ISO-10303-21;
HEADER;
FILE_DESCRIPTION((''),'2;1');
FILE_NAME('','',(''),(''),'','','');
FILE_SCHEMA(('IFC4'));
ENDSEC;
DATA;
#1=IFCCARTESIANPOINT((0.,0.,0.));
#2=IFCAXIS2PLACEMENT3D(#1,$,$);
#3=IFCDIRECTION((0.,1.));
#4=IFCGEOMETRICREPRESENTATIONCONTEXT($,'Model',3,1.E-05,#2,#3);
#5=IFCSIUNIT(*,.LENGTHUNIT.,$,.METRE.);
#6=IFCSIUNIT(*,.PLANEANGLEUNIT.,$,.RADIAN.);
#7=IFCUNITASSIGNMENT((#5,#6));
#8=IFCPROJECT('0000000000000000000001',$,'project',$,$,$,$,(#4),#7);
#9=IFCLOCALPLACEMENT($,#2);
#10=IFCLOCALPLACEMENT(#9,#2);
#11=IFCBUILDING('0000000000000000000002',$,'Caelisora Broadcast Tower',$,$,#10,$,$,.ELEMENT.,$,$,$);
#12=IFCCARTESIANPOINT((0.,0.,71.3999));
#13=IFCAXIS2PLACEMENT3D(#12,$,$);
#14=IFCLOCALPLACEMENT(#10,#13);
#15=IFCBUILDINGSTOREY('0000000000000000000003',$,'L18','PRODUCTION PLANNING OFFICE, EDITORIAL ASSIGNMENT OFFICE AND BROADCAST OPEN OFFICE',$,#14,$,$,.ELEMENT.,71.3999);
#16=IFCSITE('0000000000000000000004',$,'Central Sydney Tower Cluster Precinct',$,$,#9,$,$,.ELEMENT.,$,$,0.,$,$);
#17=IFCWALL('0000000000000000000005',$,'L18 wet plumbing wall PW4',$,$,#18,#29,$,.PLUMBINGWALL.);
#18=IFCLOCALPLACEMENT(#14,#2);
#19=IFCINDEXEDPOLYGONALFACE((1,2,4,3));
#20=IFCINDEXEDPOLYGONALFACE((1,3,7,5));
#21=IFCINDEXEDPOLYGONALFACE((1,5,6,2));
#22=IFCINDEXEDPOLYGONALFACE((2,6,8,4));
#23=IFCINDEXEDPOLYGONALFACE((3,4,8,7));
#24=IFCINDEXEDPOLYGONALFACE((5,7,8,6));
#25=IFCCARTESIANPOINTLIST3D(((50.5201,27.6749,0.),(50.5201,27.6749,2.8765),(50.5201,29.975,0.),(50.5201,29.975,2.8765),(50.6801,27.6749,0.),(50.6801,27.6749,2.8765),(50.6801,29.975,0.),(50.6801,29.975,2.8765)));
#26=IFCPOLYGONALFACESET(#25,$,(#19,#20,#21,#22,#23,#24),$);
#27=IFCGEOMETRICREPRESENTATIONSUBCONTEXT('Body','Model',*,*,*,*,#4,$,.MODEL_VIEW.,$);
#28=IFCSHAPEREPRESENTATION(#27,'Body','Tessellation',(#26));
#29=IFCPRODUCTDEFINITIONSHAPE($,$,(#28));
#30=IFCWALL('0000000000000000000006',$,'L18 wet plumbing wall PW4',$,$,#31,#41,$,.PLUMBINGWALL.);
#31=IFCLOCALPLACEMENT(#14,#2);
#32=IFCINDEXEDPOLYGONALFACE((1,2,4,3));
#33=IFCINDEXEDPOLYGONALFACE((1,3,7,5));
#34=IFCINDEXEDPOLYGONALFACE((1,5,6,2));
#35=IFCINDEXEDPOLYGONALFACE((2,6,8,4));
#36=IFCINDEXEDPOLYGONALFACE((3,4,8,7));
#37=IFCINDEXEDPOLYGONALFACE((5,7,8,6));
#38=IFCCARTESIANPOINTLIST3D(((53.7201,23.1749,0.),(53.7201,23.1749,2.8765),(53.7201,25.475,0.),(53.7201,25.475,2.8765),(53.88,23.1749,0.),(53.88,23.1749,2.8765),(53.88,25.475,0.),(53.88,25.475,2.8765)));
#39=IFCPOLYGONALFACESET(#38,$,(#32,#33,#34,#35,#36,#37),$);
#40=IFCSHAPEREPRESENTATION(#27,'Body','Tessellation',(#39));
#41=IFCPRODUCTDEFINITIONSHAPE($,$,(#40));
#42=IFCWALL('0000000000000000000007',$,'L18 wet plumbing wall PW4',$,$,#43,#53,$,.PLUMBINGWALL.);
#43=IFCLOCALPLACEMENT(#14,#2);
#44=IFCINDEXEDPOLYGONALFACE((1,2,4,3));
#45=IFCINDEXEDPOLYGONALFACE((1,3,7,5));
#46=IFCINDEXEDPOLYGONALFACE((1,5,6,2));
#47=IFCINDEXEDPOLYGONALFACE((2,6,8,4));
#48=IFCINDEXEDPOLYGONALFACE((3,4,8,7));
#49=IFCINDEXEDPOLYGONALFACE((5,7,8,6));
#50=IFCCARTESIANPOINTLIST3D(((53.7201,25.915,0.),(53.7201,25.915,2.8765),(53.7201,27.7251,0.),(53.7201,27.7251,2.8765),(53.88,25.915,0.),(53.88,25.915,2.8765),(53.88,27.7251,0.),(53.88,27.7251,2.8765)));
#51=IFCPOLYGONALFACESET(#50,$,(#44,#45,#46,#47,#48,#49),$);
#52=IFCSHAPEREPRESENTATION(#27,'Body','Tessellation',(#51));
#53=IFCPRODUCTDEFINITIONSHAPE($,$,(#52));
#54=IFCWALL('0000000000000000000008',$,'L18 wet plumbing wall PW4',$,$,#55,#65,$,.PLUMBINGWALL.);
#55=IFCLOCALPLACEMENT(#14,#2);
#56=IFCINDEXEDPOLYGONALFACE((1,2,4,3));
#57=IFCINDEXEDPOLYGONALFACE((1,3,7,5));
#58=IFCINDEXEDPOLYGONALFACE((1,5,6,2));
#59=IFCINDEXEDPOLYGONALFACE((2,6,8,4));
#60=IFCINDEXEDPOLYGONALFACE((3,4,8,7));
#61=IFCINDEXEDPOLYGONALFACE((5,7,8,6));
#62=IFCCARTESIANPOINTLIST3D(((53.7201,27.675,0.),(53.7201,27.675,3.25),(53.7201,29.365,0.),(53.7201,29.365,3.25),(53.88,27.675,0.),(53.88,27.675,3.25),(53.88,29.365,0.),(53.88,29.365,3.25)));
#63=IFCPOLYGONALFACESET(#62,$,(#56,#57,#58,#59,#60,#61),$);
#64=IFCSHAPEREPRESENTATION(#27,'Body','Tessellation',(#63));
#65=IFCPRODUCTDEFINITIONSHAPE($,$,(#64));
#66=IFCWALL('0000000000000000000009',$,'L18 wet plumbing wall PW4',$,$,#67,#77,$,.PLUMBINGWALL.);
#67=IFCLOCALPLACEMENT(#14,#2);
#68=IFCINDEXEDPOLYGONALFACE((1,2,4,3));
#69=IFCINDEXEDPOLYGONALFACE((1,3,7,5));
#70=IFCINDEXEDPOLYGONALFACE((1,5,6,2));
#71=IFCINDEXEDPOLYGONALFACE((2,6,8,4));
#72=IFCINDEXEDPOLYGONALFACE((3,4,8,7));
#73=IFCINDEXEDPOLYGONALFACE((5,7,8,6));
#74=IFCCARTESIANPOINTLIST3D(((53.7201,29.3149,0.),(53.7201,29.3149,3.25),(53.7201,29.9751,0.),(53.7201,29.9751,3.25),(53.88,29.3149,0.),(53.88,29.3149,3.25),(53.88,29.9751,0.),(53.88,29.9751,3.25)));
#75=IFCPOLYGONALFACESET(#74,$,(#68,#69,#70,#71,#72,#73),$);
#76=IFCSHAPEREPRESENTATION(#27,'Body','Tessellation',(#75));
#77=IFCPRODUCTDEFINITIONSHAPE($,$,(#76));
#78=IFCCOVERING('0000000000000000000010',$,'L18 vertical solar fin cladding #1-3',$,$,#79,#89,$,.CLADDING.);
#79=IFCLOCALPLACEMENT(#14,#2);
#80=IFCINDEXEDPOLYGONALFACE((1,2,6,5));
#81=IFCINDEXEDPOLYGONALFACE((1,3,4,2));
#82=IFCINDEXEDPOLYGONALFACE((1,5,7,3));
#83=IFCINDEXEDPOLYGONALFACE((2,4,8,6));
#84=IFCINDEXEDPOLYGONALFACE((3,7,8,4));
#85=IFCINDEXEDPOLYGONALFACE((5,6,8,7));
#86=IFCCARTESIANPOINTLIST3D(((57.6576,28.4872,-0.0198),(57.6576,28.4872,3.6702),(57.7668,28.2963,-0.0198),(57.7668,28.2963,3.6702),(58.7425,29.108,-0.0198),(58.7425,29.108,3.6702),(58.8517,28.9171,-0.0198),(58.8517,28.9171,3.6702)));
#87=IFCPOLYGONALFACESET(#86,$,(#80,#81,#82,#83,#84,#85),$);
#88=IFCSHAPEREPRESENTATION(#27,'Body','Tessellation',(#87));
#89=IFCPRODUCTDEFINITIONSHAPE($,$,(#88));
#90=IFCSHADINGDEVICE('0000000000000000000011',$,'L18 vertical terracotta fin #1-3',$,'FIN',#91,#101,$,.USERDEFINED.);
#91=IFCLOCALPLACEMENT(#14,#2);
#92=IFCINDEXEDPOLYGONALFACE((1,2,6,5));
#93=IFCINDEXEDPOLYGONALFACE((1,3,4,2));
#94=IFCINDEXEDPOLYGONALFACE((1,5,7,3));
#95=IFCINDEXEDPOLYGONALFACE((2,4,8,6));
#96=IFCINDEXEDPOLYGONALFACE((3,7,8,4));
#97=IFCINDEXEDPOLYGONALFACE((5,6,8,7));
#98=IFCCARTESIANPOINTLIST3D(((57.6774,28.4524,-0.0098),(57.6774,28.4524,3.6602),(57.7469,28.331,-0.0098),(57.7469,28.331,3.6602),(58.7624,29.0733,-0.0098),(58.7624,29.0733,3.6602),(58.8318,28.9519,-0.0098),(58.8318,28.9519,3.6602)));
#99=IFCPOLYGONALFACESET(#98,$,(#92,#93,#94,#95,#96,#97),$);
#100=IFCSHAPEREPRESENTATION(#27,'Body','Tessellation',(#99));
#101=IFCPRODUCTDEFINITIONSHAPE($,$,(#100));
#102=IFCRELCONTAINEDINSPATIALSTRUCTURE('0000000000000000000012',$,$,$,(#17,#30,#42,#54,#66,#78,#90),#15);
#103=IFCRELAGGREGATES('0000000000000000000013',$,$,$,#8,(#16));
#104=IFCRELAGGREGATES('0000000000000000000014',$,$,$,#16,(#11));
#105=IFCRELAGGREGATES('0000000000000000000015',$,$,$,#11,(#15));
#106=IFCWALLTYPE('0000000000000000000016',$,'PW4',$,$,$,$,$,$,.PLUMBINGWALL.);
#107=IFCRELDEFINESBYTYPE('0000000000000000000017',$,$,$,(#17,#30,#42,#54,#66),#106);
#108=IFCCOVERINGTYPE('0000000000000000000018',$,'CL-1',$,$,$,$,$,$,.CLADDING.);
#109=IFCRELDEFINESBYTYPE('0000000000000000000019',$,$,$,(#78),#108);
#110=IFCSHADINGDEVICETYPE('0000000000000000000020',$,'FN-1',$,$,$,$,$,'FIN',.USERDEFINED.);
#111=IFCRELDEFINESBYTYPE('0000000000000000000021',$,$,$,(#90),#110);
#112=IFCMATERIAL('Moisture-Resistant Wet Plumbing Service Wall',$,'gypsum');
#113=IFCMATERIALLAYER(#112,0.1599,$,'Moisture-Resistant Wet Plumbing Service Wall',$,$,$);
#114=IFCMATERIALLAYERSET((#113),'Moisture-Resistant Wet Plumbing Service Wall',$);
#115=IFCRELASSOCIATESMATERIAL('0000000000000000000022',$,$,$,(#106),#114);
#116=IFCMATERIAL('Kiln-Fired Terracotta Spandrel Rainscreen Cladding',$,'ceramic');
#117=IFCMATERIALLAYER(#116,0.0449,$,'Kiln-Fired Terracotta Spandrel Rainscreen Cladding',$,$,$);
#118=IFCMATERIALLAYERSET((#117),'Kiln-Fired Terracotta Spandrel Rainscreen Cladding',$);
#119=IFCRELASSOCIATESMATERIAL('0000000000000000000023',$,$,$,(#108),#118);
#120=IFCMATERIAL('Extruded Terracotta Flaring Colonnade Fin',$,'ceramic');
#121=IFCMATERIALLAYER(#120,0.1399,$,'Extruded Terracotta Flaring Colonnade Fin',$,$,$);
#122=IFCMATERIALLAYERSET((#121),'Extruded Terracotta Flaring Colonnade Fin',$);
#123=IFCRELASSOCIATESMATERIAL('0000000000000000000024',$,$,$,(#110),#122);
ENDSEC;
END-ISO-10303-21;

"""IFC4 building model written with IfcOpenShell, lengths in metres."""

from ifc_helpers import new_model, si_unit, direction, frame, frame_2d, origin, origin_2d, place, context, subcontext, project, spatial, rectangle, extrude, source, transform, mapped, material, layer, layer_set, type_object, type_shapes, element, save


model = new_model("IFC4")

# Units and contexts
model_context = context("Model", 3, precision=1e-05, world=origin(), true_north=direction((0.0, 1.0)))
body_context = subcontext(model_context, "Body", "Model", "MODEL_VIEW")
ifc_project = project(units=[si_unit("LENGTHUNIT", "METRE"), si_unit("PLANEANGLEUNIT", "RADIAN")], contexts=[model_context])

# Site, building, storey
site_placement = place(None, origin())
site = spatial("IfcSite", under=ifc_project, at=site_placement, Name="Central Sydney Tower Cluster Precinct", CompositionType="ELEMENT", RefElevation=0.0)
building_placement = place(site_placement, origin())
building = spatial("IfcBuilding", under=site, at=building_placement, Name="Caelisora Broadcast Tower", CompositionType="ELEMENT")
storey_placement = place(building_placement, frame((0.0, 0.0, 71.3999)))
storey = spatial("IfcBuildingStorey", under=building, at=storey_placement, Name="L18", Description="PRODUCTION PLANNING OFFICE, EDITORIAL ASSIGNMENT OFFICE AND BROADCAST OPEN OFFICE", CompositionType="ELEMENT", Elevation=71.3999)

# Shared definitions
ifc_material_1 = material(Name="Moisture-Resistant Wet Plumbing Service Wall", Category="gypsum")
ifc_layer_1 = layer(ifc_material_1, 0.1599, Name="Moisture-Resistant Wet Plumbing Service Wall")
ifc_layer_set_1 = layer_set([ifc_layer_1], Name="Moisture-Resistant Wet Plumbing Service Wall")
wall_type_1 = type_object("IfcWallType", Name="PW4", PredefinedType="PLUMBINGWALL", material=ifc_layer_set_1)

# Walls
for number, where, z_axis, x_axis, name in (
    (1, (50.6001, 27.675, 0.0), (0.0, 0.0, 1.0), (0.0, 1.0, 0.0), "L18 wet plumbing wall PW4"),
    (2, (53.8, 23.175, 0.0), (0.0, 0.0, 1.0), (0.0, 1.0, 0.0), "L18 wet plumbing wall PW4"),
):
    element("IfcWall", number, at=place(storey_placement, frame(where, z_axis=z_axis, x_axis=x_axis)), inside=storey, type_object=wall_type_1, Name=name, PredefinedType="PLUMBINGWALL", context=body_context, shape_type="SweptSolid", body=[
        extrude(rectangle(XDim=2.3, YDim=0.1599, at=frame_2d((1.1499, 0.0))), origin(), (0.0, 0.0, 1.0), 2.8765),
    ])
wall_1_placement = place(storey_placement, frame((53.8, 25.915, 0.0), z_axis=(0.0, 0.0, 1.0), x_axis=(0.0, 1.0, 0.0)))
element("IfcWall", 3, at=wall_1_placement, inside=storey, type_object=wall_type_1, Name="L18 wet plumbing wall PW4", PredefinedType="PLUMBINGWALL", context=body_context, shape_type="SweptSolid", body=[
    extrude(rectangle(XDim=1.8101, YDim=0.1599, at=frame_2d((0.905, 0.0))), origin(), (0.0, 0.0, 1.0), 2.8765),
])
wall_2_placement = place(storey_placement, frame((53.8, 27.675, 0.0), z_axis=(0.0, 0.0, 1.0), x_axis=(0.0, 1.0, 0.0)))
element("IfcWall", 4, at=wall_2_placement, inside=storey, type_object=wall_type_1, Name="L18 wet plumbing wall PW4", PredefinedType="PLUMBINGWALL", context=body_context, shape_type="SweptSolid", body=[
    extrude(rectangle(XDim=1.6899, YDim=0.1599, at=frame_2d((0.845, 0.0))), origin(), (0.0, 0.0, 1.0), 3.25),
])
wall_3_placement = place(storey_placement, frame((53.8, 29.3149, 0.0), z_axis=(0.0, 0.0, 1.0), x_axis=(0.0, 1.0, 0.0)))
element("IfcWall", 5, at=wall_3_placement, inside=storey, type_object=wall_type_1, Name="L18 wet plumbing wall PW4", PredefinedType="PLUMBINGWALL", context=body_context, shape_type="SweptSolid", body=[
    extrude(rectangle(XDim=0.6602, YDim=0.1599, at=frame_2d((0.3301, 0.0))), origin(), (0.0, 0.0, 1.0), 3.25),
])

# Covering
ifc_material_2 = material(Name="Kiln-Fired Terracotta Spandrel Rainscreen Cladding", Category="ceramic")
ifc_layer_2 = layer(ifc_material_2, 0.0449, Name="Kiln-Fired Terracotta Spandrel Rainscreen Cladding")
ifc_layer_set_2 = layer_set([ifc_layer_2], Name="Kiln-Fired Terracotta Spandrel Rainscreen Cladding")
covering_type = type_object("IfcCoveringType", Name="CL-1", PredefinedType="CLADDING", material=ifc_layer_set_2)
shared_shape_1 = source(origin(), body_context, "Body", "SweptSolid", [
    extrude(rectangle(XDim=0.22, YDim=1.25, at=origin_2d()), origin(), (0.0, 0.0, 1.0), 3.6899),
])
type_shapes(covering_type, [shared_shape_1])
covering_placement = place(storey_placement, frame((58.2546, 28.7021, -0.0198), z_axis=(0.0, 0.0, 1.0), x_axis=(0.496671, -0.867939, 0.0)))
element("IfcCovering", 6, at=covering_placement, inside=storey, type_object=covering_type, Name="L18 vertical solar fin cladding #1-3", PredefinedType="CLADDING", context=body_context, shape_type="MappedRepresentation", body=[
    mapped(shared_shape_1, transform((0.0, 0.0, 0.0), scale=1.0)),
])

# Shading device
ifc_material_3 = material(Name="Extruded Terracotta Flaring Colonnade Fin", Category="ceramic")
ifc_layer_3 = layer(ifc_material_3, 0.1399, Name="Extruded Terracotta Flaring Colonnade Fin")
ifc_layer_set_3 = layer_set([ifc_layer_3], Name="Extruded Terracotta Flaring Colonnade Fin")
shading_device_type = type_object("IfcShadingDeviceType", Name="FN-1", ElementType="FIN", PredefinedType="USERDEFINED", material=ifc_layer_set_3)
shared_shape_2 = source(origin(), body_context, "Body", "SweptSolid", [
    extrude(rectangle(XDim=0.1399, YDim=1.25, at=origin_2d()), origin(), (0.0, 0.0, 1.0), 3.6699),
])
type_shapes(shading_device_type, [shared_shape_2])
shading_device_placement = place(storey_placement, frame((58.2546, 28.7021, -0.0098), z_axis=(0.0, 0.0, 1.0), x_axis=(0.496671, -0.867939, 0.0)))
element("IfcShadingDevice", 7, at=shading_device_placement, inside=storey, type_object=shading_device_type, Name="L18 vertical terracotta fin #1-3", ObjectType="FIN", PredefinedType="USERDEFINED", context=body_context, shape_type="MappedRepresentation", body=[
    mapped(shared_shape_2, transform((0.0, 0.0, 0.0), scale=1.0)),
])

save(model, "model.ifc")
